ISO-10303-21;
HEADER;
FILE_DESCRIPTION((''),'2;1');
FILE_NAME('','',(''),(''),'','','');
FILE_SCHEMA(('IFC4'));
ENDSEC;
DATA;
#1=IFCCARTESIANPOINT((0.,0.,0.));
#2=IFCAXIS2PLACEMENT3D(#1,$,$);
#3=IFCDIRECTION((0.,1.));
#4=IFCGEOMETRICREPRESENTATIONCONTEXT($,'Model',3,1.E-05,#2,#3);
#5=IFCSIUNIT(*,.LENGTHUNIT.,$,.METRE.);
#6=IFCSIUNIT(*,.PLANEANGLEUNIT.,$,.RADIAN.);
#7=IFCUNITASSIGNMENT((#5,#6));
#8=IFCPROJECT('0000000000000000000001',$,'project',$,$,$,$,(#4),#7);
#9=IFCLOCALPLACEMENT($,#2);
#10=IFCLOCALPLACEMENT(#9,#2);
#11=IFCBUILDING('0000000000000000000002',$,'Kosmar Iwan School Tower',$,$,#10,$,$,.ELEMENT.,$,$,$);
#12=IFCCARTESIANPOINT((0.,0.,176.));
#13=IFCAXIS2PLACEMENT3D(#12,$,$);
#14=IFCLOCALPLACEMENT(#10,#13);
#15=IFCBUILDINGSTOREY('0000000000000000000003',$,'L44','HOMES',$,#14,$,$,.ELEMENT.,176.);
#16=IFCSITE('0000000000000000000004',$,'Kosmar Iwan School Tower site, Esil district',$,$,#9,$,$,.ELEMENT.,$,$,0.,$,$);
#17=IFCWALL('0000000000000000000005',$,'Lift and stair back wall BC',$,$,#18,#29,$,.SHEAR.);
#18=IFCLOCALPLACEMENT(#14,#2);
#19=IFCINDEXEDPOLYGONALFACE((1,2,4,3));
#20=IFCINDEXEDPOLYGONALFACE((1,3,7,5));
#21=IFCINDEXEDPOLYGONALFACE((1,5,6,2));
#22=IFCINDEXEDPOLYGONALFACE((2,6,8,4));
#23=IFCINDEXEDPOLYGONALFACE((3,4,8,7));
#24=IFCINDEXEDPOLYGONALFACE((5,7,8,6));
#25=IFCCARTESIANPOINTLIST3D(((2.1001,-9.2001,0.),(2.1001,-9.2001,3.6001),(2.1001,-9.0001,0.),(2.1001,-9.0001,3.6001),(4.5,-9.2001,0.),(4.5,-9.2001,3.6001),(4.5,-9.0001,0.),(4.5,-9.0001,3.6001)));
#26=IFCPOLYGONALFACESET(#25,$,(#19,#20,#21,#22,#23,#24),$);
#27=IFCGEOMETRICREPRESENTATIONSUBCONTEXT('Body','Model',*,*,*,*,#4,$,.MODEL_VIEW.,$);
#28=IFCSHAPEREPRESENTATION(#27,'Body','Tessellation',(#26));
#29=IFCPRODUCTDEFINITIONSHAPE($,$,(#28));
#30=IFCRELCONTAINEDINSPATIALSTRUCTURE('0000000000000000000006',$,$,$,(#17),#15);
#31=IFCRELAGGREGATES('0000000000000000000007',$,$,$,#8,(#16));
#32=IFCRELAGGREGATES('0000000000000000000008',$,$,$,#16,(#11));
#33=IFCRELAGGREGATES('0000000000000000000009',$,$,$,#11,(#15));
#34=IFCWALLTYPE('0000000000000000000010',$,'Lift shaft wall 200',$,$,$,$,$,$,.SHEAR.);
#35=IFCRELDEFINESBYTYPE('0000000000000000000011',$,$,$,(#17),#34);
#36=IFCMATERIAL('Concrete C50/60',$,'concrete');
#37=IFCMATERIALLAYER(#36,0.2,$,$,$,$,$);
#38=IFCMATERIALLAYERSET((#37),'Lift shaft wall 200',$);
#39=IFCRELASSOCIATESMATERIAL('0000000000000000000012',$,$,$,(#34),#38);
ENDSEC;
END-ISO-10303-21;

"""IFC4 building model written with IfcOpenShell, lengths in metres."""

from ifc_helpers import new_model, si_unit, direction, frame, frame_2d, origin, place, context, subcontext, project, spatial, rectangle, extrude, material, layer, layer_set, type_object, element, save


model = new_model("IFC4")

# Units and contexts
model_context = context("Model", 3, precision=1e-05, world=origin(), true_north=direction((0.0, 1.0)))
body_context = subcontext(model_context, "Body", "Model", "MODEL_VIEW")
ifc_project = project(units=[si_unit("LENGTHUNIT", "METRE"), si_unit("PLANEANGLEUNIT", "RADIAN")], contexts=[model_context])

# Site, building, storey
site_placement = place(None, origin())
site = spatial("IfcSite", under=ifc_project, at=site_placement, Name="Kosmar Iwan School Tower site, Esil district", CompositionType="ELEMENT", RefElevation=0.0)
building_placement = place(site_placement, origin())
building = spatial("IfcBuilding", under=site, at=building_placement, Name="Kosmar Iwan School Tower", CompositionType="ELEMENT")
storey_placement = place(building_placement, frame((0.0, 0.0, 176.0)))
storey = spatial("IfcBuildingStorey", under=building, at=storey_placement, Name="L44", Description="HOMES", CompositionType="ELEMENT", Elevation=176.0)

# Wall
ifc_material_1 = material(Name="Concrete C50/60", Category="concrete")
ifc_layer_1 = layer(ifc_material_1, 0.2)
ifc_layer_set_1 = layer_set([ifc_layer_1], Name="Lift shaft wall 200")
wall_type_1 = type_object("IfcWallType", Name="Lift shaft wall 200", PredefinedType="SHEAR", material=ifc_layer_set_1)
wall_1_placement = place(storey_placement, frame((2.1001, -9.1001, 0.0), z_axis=(0.0, 0.0, 1.0), x_axis=(1.0, 0.0, 0.0)))
element("IfcWall", 1, at=wall_1_placement, inside=storey, type_object=wall_type_1, Name="Lift and stair back wall BC", PredefinedType="SHEAR", context=body_context, shape_type="SweptSolid", body=[
    extrude(rectangle(XDim=2.3999, YDim=0.2, at=frame_2d((1.2, 0.0))), origin(), (0.0, 0.0, 1.0), 3.6001),
])

save(model, "model.ifc")
